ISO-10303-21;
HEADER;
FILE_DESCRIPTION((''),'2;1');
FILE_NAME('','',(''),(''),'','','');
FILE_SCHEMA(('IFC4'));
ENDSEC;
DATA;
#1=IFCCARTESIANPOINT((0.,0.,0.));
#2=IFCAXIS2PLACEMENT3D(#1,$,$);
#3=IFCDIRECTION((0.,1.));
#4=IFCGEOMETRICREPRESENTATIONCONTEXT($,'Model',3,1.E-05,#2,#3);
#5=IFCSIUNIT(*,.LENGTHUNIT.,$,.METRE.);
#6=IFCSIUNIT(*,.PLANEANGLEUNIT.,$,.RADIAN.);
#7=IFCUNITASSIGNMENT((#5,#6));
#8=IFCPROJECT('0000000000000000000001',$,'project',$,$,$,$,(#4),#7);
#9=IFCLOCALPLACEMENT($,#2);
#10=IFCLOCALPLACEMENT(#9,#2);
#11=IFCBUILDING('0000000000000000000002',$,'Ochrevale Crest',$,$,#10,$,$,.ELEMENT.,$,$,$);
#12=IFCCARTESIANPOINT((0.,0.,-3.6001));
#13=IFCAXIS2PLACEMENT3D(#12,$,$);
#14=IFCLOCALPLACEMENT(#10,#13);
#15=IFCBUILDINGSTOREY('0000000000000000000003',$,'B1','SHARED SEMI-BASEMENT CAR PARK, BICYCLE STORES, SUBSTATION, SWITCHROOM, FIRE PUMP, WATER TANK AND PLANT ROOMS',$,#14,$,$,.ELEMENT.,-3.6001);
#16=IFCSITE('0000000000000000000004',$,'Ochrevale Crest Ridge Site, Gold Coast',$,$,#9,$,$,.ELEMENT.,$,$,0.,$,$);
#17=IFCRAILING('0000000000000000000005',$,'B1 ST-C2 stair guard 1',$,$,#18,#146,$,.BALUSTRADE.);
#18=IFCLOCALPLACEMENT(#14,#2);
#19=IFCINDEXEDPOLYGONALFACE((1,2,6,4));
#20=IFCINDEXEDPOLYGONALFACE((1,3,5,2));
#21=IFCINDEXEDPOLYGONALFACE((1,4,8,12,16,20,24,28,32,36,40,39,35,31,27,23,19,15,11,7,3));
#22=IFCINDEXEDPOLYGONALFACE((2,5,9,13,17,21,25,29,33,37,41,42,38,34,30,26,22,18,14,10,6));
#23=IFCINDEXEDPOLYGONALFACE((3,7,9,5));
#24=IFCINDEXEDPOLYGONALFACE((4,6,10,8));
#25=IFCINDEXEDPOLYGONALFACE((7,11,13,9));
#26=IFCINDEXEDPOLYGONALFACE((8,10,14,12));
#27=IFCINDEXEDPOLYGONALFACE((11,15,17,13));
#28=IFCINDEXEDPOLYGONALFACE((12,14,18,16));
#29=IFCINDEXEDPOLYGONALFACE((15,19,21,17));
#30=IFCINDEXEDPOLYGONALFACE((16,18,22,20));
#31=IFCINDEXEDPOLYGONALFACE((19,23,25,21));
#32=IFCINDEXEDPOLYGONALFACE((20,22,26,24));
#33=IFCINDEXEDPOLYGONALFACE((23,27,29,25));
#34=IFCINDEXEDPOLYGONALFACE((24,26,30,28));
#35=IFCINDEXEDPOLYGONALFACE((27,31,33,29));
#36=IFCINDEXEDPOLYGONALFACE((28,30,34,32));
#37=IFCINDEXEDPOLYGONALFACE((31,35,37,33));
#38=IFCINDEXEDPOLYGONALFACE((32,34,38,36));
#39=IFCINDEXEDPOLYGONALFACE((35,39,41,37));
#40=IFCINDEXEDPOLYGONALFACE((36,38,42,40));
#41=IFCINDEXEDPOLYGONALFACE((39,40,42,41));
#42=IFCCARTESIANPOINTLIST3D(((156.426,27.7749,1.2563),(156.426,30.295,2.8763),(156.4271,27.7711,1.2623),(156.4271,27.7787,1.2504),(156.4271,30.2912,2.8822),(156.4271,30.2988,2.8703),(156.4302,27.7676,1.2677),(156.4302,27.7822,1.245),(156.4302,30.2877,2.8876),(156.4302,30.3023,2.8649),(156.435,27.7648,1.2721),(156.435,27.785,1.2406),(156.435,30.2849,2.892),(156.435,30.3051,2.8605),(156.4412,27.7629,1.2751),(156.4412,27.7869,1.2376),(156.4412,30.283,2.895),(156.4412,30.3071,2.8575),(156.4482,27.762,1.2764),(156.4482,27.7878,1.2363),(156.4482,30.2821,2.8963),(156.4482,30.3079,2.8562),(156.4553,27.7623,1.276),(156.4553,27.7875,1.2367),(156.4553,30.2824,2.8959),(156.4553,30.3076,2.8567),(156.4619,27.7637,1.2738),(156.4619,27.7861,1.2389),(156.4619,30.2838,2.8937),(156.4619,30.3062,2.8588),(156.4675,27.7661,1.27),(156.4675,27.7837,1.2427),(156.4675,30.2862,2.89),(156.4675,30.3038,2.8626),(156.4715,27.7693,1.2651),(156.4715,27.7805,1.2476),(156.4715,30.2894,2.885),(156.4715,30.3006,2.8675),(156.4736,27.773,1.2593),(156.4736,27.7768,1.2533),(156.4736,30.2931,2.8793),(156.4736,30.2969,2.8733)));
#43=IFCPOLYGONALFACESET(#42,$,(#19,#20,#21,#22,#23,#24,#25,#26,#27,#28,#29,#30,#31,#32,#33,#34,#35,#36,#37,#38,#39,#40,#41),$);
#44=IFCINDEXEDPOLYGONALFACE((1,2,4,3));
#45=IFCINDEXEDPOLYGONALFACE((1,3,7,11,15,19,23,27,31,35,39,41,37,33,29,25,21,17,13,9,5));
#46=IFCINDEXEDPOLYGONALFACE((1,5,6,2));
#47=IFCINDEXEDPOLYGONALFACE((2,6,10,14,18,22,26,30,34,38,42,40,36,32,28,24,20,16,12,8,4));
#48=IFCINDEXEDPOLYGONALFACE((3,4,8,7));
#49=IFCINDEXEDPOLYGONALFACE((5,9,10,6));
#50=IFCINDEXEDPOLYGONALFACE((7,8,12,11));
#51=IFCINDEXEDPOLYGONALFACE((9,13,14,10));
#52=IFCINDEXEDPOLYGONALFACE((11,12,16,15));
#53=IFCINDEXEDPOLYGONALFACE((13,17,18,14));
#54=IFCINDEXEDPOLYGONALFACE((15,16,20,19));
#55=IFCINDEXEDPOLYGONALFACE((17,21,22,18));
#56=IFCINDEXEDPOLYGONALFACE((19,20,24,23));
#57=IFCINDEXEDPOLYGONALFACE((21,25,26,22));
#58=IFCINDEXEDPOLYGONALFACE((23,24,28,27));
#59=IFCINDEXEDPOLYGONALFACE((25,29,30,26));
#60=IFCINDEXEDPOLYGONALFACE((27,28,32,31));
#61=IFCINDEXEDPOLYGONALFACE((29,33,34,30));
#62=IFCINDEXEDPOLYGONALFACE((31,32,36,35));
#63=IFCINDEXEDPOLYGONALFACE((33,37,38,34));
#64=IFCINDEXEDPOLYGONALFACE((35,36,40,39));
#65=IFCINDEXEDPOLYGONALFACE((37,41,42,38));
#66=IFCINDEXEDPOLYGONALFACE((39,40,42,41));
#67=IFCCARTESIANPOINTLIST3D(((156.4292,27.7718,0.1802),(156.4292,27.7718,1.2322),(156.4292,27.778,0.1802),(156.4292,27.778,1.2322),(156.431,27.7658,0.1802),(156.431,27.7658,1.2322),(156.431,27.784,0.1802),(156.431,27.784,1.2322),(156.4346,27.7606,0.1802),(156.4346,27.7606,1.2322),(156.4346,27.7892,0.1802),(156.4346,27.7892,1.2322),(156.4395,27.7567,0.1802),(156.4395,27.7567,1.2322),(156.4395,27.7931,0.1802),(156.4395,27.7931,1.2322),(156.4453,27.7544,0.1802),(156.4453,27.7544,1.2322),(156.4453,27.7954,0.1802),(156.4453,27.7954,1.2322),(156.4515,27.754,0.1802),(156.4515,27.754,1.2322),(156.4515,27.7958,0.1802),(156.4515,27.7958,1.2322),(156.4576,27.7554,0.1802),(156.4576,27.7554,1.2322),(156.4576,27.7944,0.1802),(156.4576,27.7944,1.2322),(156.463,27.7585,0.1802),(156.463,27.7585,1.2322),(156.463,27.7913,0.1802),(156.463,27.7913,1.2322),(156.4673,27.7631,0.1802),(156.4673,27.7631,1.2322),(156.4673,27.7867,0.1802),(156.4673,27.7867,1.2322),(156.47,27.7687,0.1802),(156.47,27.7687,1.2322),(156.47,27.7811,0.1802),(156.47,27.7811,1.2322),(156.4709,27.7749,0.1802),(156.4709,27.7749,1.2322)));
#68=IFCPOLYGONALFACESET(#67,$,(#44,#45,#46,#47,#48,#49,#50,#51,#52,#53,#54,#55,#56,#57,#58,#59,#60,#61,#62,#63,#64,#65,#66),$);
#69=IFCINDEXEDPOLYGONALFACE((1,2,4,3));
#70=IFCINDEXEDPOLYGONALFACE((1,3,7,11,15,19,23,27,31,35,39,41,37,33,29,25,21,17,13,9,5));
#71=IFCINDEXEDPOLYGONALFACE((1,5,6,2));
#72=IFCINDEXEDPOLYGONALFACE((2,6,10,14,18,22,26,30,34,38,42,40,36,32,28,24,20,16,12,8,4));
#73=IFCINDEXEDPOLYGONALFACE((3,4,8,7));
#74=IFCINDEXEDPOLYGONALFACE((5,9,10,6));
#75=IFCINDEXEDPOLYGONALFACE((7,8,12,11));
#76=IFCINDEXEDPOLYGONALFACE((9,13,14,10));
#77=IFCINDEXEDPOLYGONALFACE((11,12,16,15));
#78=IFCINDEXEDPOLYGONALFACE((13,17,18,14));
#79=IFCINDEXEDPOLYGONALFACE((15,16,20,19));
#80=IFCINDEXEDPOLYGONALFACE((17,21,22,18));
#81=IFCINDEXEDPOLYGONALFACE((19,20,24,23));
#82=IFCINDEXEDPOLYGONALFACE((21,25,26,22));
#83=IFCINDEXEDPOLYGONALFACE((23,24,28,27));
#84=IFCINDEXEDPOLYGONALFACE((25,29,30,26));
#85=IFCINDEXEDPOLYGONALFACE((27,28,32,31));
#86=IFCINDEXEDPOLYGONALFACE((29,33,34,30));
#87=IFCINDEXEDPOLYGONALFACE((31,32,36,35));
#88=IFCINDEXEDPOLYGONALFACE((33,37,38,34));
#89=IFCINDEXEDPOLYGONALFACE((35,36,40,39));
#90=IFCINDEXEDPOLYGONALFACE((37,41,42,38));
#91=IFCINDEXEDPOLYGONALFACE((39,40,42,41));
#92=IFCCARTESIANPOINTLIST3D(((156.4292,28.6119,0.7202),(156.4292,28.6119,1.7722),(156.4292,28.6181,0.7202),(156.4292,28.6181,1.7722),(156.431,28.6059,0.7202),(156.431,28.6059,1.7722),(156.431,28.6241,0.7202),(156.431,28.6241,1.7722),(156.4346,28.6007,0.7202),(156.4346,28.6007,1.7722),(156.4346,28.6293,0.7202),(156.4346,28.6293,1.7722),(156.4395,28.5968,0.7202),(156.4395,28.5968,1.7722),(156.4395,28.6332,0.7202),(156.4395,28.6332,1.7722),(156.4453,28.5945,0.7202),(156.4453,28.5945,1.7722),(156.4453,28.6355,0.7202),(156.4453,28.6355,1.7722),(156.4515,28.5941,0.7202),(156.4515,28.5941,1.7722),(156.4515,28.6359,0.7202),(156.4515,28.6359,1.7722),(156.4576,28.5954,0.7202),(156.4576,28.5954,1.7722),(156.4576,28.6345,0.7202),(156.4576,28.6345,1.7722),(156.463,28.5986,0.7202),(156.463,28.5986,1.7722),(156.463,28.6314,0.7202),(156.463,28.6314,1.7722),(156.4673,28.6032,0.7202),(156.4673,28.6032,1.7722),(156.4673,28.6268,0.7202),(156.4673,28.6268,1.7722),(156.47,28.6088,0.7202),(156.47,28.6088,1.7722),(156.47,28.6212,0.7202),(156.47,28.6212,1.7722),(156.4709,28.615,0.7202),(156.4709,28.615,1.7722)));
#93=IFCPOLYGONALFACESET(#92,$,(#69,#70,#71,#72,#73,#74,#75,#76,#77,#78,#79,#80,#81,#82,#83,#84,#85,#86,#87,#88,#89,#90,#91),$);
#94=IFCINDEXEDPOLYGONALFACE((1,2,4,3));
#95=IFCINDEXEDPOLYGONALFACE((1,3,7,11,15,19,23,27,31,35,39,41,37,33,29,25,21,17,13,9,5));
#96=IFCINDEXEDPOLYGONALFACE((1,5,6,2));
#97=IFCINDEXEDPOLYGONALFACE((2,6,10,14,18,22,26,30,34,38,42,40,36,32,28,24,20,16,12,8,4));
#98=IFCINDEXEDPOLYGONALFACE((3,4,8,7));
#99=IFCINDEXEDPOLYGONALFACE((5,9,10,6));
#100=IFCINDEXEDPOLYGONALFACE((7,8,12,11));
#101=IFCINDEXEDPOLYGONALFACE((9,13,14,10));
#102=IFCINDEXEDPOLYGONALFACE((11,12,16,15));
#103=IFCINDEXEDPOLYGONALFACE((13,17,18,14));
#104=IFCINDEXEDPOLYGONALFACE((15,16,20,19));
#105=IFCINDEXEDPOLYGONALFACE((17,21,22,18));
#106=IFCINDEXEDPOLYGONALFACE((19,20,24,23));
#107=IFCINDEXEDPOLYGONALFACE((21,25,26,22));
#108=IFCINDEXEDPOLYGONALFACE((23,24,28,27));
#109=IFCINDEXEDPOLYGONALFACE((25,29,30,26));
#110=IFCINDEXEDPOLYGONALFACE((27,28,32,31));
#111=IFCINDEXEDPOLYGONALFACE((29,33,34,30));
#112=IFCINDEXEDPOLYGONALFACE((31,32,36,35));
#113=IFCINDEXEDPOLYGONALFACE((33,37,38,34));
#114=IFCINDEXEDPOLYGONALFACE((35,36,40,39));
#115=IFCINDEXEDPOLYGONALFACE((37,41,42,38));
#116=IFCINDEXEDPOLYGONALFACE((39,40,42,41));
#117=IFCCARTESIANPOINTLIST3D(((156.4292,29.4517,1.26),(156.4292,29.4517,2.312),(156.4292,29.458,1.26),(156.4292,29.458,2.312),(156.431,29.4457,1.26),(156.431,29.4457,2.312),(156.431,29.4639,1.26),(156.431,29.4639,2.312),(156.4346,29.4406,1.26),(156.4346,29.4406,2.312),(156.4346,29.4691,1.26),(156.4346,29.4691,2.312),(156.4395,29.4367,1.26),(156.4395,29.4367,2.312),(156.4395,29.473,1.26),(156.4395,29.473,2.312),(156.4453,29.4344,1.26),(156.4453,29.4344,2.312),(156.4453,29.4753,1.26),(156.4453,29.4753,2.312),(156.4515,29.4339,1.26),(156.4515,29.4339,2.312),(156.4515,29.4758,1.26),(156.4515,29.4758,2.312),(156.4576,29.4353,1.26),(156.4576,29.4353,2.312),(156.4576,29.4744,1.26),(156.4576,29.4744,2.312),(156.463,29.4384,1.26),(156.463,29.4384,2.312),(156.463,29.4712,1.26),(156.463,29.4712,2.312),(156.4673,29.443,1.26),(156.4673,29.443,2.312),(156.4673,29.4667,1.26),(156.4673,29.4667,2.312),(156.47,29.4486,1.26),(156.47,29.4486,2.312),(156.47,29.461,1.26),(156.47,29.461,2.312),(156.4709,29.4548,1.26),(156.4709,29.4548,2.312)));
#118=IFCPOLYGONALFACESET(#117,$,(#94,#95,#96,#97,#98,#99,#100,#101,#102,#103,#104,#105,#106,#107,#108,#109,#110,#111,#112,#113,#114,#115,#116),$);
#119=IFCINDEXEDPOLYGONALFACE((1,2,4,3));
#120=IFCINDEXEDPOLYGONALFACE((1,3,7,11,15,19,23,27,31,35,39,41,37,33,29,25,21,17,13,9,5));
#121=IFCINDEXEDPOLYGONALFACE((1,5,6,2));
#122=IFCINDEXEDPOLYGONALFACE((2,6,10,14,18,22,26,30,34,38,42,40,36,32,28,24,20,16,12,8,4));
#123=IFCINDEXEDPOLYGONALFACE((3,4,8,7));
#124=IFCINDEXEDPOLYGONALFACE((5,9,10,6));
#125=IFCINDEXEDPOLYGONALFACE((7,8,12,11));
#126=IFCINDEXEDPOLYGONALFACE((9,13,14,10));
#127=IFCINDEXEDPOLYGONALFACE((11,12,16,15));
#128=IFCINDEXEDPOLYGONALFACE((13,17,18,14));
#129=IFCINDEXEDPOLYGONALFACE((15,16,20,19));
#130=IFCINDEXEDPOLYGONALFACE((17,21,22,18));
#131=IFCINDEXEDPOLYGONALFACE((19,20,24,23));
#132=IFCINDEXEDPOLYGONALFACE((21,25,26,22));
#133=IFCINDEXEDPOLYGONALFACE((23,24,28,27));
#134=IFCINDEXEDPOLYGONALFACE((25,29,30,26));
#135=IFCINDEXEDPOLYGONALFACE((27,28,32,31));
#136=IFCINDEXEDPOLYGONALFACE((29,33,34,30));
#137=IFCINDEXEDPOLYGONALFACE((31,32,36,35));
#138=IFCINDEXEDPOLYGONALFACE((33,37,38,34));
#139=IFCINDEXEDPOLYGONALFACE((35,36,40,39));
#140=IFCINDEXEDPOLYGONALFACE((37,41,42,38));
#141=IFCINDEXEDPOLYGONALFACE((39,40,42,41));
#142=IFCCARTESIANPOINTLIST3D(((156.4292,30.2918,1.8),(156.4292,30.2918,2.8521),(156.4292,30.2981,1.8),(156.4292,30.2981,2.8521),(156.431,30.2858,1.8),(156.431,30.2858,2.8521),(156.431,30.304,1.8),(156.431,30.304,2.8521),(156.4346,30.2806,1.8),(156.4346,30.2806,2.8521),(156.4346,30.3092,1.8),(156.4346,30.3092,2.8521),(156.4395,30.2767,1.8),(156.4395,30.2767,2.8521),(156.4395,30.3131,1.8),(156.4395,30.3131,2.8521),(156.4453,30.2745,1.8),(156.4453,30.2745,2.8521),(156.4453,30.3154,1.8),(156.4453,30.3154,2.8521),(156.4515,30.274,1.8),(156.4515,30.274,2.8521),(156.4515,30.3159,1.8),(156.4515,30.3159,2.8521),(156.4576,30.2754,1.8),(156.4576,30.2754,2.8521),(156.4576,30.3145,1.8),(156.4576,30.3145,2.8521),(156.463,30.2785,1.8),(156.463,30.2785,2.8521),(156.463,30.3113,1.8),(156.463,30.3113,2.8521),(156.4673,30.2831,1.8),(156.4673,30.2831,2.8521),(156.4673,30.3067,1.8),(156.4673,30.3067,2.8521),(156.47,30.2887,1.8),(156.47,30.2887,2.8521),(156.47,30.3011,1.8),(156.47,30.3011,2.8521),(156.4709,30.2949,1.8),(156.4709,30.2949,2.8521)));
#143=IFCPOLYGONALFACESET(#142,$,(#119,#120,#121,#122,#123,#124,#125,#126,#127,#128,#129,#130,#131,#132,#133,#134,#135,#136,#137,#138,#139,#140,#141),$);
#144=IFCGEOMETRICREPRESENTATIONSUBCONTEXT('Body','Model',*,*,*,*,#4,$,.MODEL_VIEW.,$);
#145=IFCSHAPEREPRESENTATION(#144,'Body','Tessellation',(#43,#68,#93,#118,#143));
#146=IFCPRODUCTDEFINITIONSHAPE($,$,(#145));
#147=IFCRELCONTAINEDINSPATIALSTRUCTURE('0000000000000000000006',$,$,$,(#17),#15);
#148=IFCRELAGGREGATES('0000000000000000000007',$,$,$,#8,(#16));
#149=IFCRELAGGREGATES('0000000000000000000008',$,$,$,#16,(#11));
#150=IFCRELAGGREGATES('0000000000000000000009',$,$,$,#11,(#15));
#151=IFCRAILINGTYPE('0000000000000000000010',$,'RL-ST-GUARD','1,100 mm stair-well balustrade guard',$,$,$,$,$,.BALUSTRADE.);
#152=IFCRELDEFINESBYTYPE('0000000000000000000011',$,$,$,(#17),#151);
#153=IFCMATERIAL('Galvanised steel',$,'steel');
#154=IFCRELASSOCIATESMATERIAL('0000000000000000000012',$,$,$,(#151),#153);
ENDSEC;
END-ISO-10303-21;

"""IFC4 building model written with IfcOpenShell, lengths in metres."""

from ifc_helpers import new_model, si_unit, direction, frame, origin, origin_2d, place, context, subcontext, project, spatial, circle, extrude, material, type_object, element, save


model = new_model("IFC4")

# Units and contexts
model_context = context("Model", 3, precision=1e-05, world=origin(), true_north=direction((0.0, 1.0)))
body_context = subcontext(model_context, "Body", "Model", "MODEL_VIEW")
ifc_project = project(units=[si_unit("LENGTHUNIT", "METRE"), si_unit("PLANEANGLEUNIT", "RADIAN")], contexts=[model_context])

# Site, building, storey
site_placement = place(None, origin())
site = spatial("IfcSite", under=ifc_project, at=site_placement, Name="Ochrevale Crest Ridge Site, Gold Coast", CompositionType="ELEMENT", RefElevation=0.0)
building_placement = place(site_placement, origin())
building = spatial("IfcBuilding", under=site, at=building_placement, Name="Ochrevale Crest", CompositionType="ELEMENT")
storey_placement = place(building_placement, frame((0.0, 0.0, -3.6001)))
storey = spatial("IfcBuildingStorey", under=building, at=storey_placement, Name="B1", Description="SHARED SEMI-BASEMENT CAR PARK, BICYCLE STORES, SUBSTATION, SWITCHROOM, FIRE PUMP, WATER TANK AND PLANT ROOMS", CompositionType="ELEMENT", Elevation=-3.6001)

# Railing
ifc_material_1 = material(Name="Galvanised steel", Category="steel")
railing_type_1 = type_object("IfcRailingType", Name="RL-ST-GUARD", Description="1,100 mm stair-well balustrade guard", PredefinedType="BALUSTRADE", material=ifc_material_1)
railing_1_placement = place(storey_placement, frame((156.45, 27.7749, 0.1802)))
element("IfcRailing", 1, at=railing_1_placement, inside=storey, type_object=railing_type_1, Name="B1 ST-C2 stair guard 1", PredefinedType="BALUSTRADE", context=body_context, shape_type="SweptSolid", body=[
    extrude(circle(Radius=0.0239, at=origin_2d()), frame((0.0, 0.0, 1.0762), z_axis=(0.0, 0.8412, 0.540725), x_axis=(-1.0, 0.0, 0.0)), (0.0, 0.0, 1.0), 2.9958),
    extrude(circle(Radius=0.021, at=origin_2d()), origin(), (0.0, 0.0, 1.0), 1.052),
    extrude(circle(Radius=0.021, at=origin_2d()), frame((0.0, 0.8401, 0.54)), (0.0, 0.0, 1.0), 1.052),
    extrude(circle(Radius=0.021, at=origin_2d()), frame((0.0, 1.6799, 1.0798)), (0.0, 0.0, 1.0), 1.052),
    extrude(circle(Radius=0.021, at=origin_2d()), frame((0.0, 2.52, 1.6199)), (0.0, 0.0, 1.0), 1.052),
])

save(model, "model.ifc")
